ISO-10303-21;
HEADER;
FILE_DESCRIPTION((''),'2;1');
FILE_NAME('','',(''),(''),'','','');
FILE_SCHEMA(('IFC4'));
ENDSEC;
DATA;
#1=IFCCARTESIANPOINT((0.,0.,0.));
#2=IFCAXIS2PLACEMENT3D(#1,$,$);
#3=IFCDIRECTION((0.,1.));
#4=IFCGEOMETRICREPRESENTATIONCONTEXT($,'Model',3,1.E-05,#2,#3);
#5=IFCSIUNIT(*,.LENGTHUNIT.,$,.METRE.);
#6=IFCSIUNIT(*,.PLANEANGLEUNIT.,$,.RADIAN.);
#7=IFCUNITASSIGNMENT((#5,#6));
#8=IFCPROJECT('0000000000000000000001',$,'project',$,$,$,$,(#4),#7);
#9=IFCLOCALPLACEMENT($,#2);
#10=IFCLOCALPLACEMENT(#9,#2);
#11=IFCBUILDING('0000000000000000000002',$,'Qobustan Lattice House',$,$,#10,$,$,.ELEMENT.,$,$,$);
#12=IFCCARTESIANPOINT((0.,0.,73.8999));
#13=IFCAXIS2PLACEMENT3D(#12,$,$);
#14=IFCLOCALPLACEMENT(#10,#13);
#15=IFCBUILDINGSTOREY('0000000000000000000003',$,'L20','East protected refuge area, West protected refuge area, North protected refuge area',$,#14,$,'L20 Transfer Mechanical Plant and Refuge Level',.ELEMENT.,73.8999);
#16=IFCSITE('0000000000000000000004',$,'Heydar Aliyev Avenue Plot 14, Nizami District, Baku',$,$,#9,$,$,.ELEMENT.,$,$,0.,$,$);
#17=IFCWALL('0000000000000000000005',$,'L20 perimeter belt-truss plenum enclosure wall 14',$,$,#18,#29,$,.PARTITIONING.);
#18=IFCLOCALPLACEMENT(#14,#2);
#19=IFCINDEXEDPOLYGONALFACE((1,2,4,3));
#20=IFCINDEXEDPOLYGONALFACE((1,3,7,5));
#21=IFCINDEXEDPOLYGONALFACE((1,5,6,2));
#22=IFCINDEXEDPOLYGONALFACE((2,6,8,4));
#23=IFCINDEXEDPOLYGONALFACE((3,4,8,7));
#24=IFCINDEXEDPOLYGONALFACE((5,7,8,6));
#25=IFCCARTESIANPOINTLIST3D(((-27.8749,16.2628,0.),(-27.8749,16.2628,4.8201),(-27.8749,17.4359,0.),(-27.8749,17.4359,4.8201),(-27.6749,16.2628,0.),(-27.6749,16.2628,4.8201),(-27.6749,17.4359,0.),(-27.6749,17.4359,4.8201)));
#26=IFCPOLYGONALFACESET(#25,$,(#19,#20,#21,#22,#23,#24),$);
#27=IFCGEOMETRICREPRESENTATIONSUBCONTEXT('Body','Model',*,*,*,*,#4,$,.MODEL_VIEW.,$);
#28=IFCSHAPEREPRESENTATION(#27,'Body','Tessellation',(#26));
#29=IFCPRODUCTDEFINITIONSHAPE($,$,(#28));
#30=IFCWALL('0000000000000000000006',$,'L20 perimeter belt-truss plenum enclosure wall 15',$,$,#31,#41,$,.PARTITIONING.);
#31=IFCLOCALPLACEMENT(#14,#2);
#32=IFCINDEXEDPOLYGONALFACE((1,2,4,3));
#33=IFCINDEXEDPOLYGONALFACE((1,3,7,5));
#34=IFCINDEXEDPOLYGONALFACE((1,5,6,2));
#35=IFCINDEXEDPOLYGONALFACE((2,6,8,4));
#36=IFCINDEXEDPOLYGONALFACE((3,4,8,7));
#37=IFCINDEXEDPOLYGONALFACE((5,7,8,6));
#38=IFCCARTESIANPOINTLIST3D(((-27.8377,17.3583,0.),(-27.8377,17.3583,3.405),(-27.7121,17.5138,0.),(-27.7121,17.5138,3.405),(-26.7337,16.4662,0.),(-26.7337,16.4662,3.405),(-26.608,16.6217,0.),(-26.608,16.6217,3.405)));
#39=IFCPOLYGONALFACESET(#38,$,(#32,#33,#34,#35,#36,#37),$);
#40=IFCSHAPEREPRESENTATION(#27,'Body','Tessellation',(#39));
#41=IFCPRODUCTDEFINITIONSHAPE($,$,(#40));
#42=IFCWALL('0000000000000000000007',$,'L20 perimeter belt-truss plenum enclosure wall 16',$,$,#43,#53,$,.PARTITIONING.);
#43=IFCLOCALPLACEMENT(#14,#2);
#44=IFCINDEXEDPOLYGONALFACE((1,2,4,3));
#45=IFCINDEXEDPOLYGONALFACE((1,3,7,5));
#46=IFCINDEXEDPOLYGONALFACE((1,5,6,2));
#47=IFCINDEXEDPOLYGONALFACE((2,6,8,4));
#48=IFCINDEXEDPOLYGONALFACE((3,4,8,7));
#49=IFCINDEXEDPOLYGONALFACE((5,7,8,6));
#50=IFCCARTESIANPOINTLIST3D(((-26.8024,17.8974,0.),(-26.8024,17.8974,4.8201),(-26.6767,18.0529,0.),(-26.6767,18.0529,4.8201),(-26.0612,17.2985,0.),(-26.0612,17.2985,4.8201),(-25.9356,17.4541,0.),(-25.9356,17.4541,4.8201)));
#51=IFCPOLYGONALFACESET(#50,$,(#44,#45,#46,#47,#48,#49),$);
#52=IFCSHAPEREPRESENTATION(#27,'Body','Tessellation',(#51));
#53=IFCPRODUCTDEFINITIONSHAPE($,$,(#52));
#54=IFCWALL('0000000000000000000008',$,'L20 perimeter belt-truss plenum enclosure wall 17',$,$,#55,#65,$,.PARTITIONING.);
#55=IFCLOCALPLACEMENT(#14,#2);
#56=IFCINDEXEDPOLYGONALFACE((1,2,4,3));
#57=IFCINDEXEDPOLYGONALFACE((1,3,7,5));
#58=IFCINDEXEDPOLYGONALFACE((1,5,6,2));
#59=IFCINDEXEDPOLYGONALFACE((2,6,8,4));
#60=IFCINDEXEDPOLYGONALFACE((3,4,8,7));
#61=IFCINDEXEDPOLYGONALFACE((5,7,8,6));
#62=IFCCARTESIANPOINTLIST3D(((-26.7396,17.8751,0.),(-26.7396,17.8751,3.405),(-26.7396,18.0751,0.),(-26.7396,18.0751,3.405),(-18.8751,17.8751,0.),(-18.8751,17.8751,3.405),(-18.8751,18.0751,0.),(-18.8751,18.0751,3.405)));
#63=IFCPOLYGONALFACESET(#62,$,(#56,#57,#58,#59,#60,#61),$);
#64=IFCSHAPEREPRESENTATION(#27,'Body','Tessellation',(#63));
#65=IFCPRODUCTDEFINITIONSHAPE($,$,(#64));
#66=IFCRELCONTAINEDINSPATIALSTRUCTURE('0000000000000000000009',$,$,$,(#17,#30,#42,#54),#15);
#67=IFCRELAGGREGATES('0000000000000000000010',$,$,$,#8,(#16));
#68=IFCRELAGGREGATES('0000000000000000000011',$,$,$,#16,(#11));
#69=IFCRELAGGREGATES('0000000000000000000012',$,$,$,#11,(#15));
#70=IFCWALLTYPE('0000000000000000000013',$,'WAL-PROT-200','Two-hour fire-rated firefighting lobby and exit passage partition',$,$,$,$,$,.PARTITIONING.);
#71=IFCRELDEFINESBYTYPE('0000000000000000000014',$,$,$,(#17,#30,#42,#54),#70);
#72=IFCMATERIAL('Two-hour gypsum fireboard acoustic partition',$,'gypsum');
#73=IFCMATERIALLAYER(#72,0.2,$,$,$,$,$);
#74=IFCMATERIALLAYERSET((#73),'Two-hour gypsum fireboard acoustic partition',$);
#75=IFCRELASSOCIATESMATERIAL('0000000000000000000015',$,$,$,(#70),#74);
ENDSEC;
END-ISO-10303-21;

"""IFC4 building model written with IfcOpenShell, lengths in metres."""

from ifc_helpers import new_model, si_unit, direction, frame, frame_2d, origin, place, context, subcontext, project, spatial, rectangle, extrude, material, layer, layer_set, type_object, element, save


model = new_model("IFC4")

# Units and contexts
model_context = context("Model", 3, precision=1e-05, world=origin(), true_north=direction((0.0, 1.0)))
body_context = subcontext(model_context, "Body", "Model", "MODEL_VIEW")
ifc_project = project(units=[si_unit("LENGTHUNIT", "METRE"), si_unit("PLANEANGLEUNIT", "RADIAN")], contexts=[model_context])

# Site, building, storey
site_placement = place(None, origin())
site = spatial("IfcSite", under=ifc_project, at=site_placement, Name="Heydar Aliyev Avenue Plot 14, Nizami District, Baku", CompositionType="ELEMENT", RefElevation=0.0)
building_placement = place(site_placement, origin())
building = spatial("IfcBuilding", under=site, at=building_placement, Name="Qobustan Lattice House", CompositionType="ELEMENT")
storey_placement = place(building_placement, frame((0.0, 0.0, 73.8999)))
storey = spatial("IfcBuildingStorey", under=building, at=storey_placement, Name="L20", Description="East protected refuge area, West protected refuge area, North protected refuge area", LongName="L20 Transfer Mechanical Plant and Refuge Level", CompositionType="ELEMENT", Elevation=73.8999)

# Walls
ifc_material_1 = material(Name="Two-hour gypsum fireboard acoustic partition", Category="gypsum")
ifc_layer_1 = layer(ifc_material_1, 0.2)
ifc_layer_set_1 = layer_set([ifc_layer_1], Name="Two-hour gypsum fireboard acoustic partition")
wall_type_1 = type_object("IfcWallType", Name="WAL-PROT-200", Description="Two-hour fire-rated firefighting lobby and exit passage partition", PredefinedType="PARTITIONING", material=ifc_layer_set_1)
wall_1_placement = place(storey_placement, frame((-27.7749, 16.2629, 0.0), z_axis=(0.0, 0.0, 1.0), x_axis=(0.0, 1.0, 0.0)))
element("IfcWall", 1, at=wall_1_placement, inside=storey, type_object=wall_type_1, Name="L20 perimeter belt-truss plenum enclosure wall 14", PredefinedType="PARTITIONING", context=body_context, shape_type="SweptSolid", body=[
    extrude(rectangle(XDim=1.1731, YDim=0.2, at=frame_2d((0.5864, 0.0))), origin(), (0.0, 0.0, 1.0), 4.8201),
])
wall_2_placement = place(storey_placement, frame((-27.7749, 17.436, 0.0), z_axis=(0.0, 0.0, 1.0), x_axis=(0.777805, -0.628505, 0.0)))
element("IfcWall", 2, at=wall_2_placement, inside=storey, type_object=wall_type_1, Name="L20 perimeter belt-truss plenum enclosure wall 15", PredefinedType="PARTITIONING", context=body_context, shape_type="SweptSolid", body=[
    extrude(rectangle(XDim=1.4194, YDim=0.2, at=frame_2d((0.7097, 0.0))), origin(), (0.0, 0.0, 1.0), 3.405),
])
wall_3_placement = place(storey_placement, frame((-25.9983, 17.3762, 0.0), z_axis=(0.0, 0.0, 1.0), x_axis=(-0.777835, 0.628468, 0.0)))
element("IfcWall", 3, at=wall_3_placement, inside=storey, type_object=wall_type_1, Name="L20 perimeter belt-truss plenum enclosure wall 16", PredefinedType="PARTITIONING", context=body_context, shape_type="SweptSolid", body=[
    extrude(rectangle(XDim=0.9529, YDim=0.2, at=frame_2d((0.4766, 0.0))), origin(), (0.0, 0.0, 1.0), 4.8201),
])
wall_4_placement = place(storey_placement, frame((-26.7395, 17.9751, 0.0), z_axis=(0.0, 0.0, 1.0), x_axis=(1.0, 0.0, 0.0)))
element("IfcWall", 4, at=wall_4_placement, inside=storey, type_object=wall_type_1, Name="L20 perimeter belt-truss plenum enclosure wall 17", PredefinedType="PARTITIONING", context=body_context, shape_type="SweptSolid", body=[
    extrude(rectangle(XDim=7.8645, YDim=0.2, at=frame_2d((3.9321, 0.0))), origin(), (0.0, 0.0, 1.0), 3.405),
])

save(model, "model.ifc")
